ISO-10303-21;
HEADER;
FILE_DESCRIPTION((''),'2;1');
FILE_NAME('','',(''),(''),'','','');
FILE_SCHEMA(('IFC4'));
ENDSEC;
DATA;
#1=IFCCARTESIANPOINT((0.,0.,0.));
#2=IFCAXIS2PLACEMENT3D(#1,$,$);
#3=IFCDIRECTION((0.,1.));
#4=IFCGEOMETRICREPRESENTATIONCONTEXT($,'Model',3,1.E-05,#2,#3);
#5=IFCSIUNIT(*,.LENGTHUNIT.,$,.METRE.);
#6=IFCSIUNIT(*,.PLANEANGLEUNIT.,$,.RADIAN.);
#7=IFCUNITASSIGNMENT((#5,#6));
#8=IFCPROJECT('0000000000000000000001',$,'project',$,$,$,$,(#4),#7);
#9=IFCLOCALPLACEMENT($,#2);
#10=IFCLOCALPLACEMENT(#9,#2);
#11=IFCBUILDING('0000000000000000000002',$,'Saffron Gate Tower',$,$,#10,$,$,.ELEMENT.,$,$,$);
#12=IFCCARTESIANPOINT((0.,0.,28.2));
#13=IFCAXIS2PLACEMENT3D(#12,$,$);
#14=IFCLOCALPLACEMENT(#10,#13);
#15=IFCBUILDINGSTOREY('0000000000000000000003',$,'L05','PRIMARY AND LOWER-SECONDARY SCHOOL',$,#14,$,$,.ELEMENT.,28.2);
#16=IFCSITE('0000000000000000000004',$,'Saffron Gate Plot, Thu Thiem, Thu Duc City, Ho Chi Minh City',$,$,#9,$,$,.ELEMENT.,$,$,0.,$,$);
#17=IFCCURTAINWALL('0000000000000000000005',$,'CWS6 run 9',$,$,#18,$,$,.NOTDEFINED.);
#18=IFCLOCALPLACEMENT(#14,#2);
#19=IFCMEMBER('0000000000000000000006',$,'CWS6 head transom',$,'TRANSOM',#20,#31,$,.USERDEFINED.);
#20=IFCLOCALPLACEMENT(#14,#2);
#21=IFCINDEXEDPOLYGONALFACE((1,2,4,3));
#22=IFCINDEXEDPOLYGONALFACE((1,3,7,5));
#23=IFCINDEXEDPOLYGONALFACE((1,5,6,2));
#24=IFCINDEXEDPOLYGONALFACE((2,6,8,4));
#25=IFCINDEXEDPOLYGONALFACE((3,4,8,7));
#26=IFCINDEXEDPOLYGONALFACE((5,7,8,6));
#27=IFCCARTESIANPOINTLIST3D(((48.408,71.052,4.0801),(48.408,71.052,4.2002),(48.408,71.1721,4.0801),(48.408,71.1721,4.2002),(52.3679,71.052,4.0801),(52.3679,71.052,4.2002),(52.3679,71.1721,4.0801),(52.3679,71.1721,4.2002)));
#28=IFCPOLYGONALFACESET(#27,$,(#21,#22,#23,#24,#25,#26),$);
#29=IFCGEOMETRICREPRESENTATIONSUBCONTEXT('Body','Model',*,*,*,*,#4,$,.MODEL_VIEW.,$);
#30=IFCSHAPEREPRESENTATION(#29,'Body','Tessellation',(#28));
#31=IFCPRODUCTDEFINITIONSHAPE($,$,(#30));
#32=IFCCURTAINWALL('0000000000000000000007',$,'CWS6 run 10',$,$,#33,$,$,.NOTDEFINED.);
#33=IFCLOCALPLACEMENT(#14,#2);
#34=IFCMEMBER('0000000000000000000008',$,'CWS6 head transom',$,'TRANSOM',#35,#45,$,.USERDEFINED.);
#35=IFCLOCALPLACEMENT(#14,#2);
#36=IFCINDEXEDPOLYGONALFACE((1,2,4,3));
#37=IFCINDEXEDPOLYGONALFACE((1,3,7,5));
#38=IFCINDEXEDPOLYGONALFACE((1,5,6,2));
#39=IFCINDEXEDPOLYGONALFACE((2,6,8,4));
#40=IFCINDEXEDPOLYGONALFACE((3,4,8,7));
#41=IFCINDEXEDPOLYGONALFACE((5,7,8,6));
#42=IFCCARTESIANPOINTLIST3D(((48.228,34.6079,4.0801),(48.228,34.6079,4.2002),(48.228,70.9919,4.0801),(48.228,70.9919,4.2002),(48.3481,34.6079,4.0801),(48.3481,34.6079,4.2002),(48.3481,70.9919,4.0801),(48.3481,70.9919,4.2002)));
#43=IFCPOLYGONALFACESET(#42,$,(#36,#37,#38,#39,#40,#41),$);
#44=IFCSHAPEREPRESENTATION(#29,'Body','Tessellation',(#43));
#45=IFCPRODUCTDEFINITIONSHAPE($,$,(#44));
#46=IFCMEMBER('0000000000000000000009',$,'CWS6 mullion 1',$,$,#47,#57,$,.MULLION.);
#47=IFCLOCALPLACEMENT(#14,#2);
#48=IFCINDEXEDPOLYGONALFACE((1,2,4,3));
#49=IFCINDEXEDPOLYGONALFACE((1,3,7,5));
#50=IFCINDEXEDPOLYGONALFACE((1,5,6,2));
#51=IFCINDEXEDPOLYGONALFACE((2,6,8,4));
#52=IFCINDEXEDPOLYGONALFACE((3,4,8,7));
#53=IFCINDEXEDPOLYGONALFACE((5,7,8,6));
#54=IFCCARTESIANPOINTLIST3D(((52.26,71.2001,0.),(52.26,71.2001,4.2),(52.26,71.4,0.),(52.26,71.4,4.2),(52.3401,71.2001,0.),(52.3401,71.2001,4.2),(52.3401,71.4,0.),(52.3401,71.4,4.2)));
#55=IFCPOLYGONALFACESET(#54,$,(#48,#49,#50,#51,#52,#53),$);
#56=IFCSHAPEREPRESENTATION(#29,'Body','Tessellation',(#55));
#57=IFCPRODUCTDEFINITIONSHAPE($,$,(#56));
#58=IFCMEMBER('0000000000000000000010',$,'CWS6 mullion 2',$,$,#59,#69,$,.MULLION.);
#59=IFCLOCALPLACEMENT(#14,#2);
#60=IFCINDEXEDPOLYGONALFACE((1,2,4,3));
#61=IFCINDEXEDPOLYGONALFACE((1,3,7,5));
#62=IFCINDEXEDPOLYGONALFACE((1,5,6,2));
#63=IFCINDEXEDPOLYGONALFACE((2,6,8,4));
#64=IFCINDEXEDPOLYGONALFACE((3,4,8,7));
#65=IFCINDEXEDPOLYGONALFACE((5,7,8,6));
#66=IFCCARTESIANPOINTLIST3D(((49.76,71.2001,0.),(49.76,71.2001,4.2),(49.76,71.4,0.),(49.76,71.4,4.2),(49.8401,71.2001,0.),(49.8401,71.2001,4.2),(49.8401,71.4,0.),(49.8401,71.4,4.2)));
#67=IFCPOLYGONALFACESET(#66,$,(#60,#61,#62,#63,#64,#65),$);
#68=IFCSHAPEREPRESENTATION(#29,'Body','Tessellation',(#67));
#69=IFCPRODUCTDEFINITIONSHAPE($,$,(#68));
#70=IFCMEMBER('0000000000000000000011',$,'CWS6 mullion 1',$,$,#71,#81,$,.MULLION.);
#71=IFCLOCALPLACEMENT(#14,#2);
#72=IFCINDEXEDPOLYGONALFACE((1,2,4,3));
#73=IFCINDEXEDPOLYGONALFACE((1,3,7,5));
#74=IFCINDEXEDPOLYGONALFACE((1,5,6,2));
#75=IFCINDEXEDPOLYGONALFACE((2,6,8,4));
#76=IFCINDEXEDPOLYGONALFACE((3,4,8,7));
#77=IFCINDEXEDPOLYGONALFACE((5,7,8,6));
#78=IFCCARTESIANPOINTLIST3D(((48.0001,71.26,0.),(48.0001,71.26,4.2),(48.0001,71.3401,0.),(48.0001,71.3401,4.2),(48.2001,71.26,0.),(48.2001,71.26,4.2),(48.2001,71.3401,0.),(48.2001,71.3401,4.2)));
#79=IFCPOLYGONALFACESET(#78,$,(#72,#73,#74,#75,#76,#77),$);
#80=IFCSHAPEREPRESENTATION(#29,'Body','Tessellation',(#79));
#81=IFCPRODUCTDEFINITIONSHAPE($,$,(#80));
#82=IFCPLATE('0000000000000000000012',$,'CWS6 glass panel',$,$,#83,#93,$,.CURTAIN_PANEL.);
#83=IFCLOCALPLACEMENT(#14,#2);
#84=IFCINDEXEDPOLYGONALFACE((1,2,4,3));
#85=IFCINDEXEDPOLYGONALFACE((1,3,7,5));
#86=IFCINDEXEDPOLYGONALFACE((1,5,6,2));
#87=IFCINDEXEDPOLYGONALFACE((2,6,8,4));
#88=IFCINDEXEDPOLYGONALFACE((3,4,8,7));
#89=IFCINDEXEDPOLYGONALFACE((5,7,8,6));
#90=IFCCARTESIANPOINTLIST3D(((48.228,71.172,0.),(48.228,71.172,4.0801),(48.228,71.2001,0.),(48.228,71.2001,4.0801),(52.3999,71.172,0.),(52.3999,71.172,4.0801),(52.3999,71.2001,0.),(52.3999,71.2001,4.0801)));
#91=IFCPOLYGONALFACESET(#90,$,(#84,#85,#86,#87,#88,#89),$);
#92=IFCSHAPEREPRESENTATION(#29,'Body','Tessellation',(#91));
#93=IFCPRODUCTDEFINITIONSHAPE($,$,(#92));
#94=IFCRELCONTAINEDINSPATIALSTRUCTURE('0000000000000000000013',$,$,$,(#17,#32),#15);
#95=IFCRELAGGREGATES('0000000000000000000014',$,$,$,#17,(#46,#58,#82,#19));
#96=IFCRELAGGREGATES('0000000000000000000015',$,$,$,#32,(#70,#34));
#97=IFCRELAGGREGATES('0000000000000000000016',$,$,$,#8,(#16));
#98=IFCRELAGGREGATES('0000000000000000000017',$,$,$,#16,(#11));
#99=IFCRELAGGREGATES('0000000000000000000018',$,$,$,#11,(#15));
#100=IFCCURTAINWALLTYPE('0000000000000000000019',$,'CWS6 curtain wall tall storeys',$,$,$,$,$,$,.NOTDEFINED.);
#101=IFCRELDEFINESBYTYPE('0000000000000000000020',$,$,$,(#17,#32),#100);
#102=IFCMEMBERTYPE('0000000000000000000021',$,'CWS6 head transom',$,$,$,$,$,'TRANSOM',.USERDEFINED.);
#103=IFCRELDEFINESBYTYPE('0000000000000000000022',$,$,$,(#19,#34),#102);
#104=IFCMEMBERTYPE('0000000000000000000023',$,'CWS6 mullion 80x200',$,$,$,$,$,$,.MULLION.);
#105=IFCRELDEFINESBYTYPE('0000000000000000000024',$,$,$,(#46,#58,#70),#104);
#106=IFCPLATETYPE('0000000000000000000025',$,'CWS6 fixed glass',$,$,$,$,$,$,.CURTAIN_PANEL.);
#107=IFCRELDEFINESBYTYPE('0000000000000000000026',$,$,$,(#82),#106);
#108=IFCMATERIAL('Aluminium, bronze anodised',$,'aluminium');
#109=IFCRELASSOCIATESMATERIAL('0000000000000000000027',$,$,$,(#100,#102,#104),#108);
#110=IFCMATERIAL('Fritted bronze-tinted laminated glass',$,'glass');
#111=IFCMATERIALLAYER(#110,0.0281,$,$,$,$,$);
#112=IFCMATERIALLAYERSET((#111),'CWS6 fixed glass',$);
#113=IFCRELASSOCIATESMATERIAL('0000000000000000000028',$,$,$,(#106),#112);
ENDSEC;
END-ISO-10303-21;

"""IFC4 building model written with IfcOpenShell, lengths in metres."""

from ifc_helpers import new_model, si_unit, direction, frame, frame_2d, origin, origin_2d, place, context, subcontext, project, spatial, rectangle, extrude, material, layer, layer_set, material_profile, profile_set, type_object, element, aggregate, save


model = new_model("IFC4")

# Units and contexts
model_context = context("Model", 3, precision=1e-05, world=origin(), true_north=direction((0.0, 1.0)))
body_context = subcontext(model_context, "Body", "Model", "MODEL_VIEW")
ifc_project = project(units=[si_unit("LENGTHUNIT", "METRE"), si_unit("PLANEANGLEUNIT", "RADIAN")], contexts=[model_context])

# Site, building, storey
site_placement = place(None, origin())
site = spatial("IfcSite", under=ifc_project, at=site_placement, Name="Saffron Gate Plot, Thu Thiem, Thu Duc City, Ho Chi Minh City", CompositionType="ELEMENT", RefElevation=0.0)
building_placement = place(site_placement, origin())
building = spatial("IfcBuilding", under=site, at=building_placement, Name="Saffron Gate Tower", CompositionType="ELEMENT")
storey_placement = place(building_placement, frame((0.0, 0.0, 28.2)))
storey = spatial("IfcBuildingStorey", under=building, at=storey_placement, Name="L05", Description="PRIMARY AND LOWER-SECONDARY SCHOOL", CompositionType="ELEMENT", Elevation=28.2)

# Curtain walls, members
ifc_material_1 = material(Name="Aluminium, bronze anodised", Category="aluminium")
curtain_wall_type = type_object("IfcCurtainWallType", Name="CWS6 curtain wall tall storeys", PredefinedType="NOTDEFINED", material=ifc_material_1)
curtain_wall_1_placement = place(storey_placement, origin())
curtain_wall_1 = element("IfcCurtainWall", 1, at=curtain_wall_1_placement, inside=storey, type_object=curtain_wall_type, Name="CWS6 run 9", PredefinedType="NOTDEFINED")
ifc_material_profile_1 = material_profile(ifc_material_1, rectangle(XDim=0.1201, YDim=0.1201, at=origin_2d()))
ifc_profile_set_1 = profile_set([ifc_material_profile_1], Name="Aluminium, bronze anodised")
member_type_1 = type_object("IfcMemberType", Name="CWS6 head transom", ElementType="TRANSOM", PredefinedType="USERDEFINED", material=ifc_profile_set_1)
member_1_placement = place(storey_placement, frame((52.3679, 71.1121, 4.1401), z_axis=(-1.0, 0.0, 0.0), x_axis=(0.0, -1.0, 0.0)))
member_1 = element("IfcMember", 2, at=member_1_placement, type_object=member_type_1, Name="CWS6 head transom", ObjectType="TRANSOM", PredefinedType="USERDEFINED", context=body_context, shape_type="SweptSolid", body=[
    extrude(rectangle(XDim=0.1201, YDim=0.1201, at=origin_2d()), origin(), (0.0, 0.0, 1.0), 3.96),
])
curtain_wall_2_placement = place(storey_placement, origin())
curtain_wall_2 = element("IfcCurtainWall", 3, at=curtain_wall_2_placement, inside=storey, type_object=curtain_wall_type, Name="CWS6 run 10", PredefinedType="NOTDEFINED")
member_2_placement = place(storey_placement, frame((48.2881, 70.9919, 4.1401), z_axis=(0.0, -1.0, 0.0), x_axis=(1.0, 0.0, 0.0)))
member_2 = element("IfcMember", 4, at=member_2_placement, type_object=member_type_1, Name="CWS6 head transom", ObjectType="TRANSOM", PredefinedType="USERDEFINED", context=body_context, shape_type="SweptSolid", body=[
    extrude(rectangle(XDim=0.1201, YDim=0.1201, at=origin_2d()), origin(), (0.0, 0.0, 1.0), 36.384),
])

# Members
ifc_material_profile_2 = material_profile(ifc_material_1, rectangle(XDim=0.2, YDim=0.0801, at=origin_2d()))
ifc_profile_set_2 = profile_set([ifc_material_profile_2], Name="Aluminium, bronze anodised")
member_type_2 = type_object("IfcMemberType", Name="CWS6 mullion 80x200", PredefinedType="MULLION", material=ifc_profile_set_2)
member_3_placement = place(storey_placement, frame((52.3, 71.3, 0.0), z_axis=(0.0, 0.0, 1.0), x_axis=(0.0, -1.0, 0.0)))
member_3 = element("IfcMember", 5, at=member_3_placement, type_object=member_type_2, Name="CWS6 mullion 1", PredefinedType="MULLION", context=body_context, shape_type="SweptSolid", body=[
    extrude(rectangle(XDim=0.2, YDim=0.0801, at=origin_2d()), origin(), (0.0, 0.0, 1.0), 4.2),
])
member_4_placement = place(storey_placement, frame((49.8, 71.3, 0.0), z_axis=(0.0, 0.0, 1.0), x_axis=(0.0, -1.0, 0.0)))
member_4 = element("IfcMember", 6, at=member_4_placement, type_object=member_type_2, Name="CWS6 mullion 2", PredefinedType="MULLION", context=body_context, shape_type="SweptSolid", body=[
    extrude(rectangle(XDim=0.2, YDim=0.0801, at=origin_2d()), origin(), (0.0, 0.0, 1.0), 4.2),
])
member_5_placement = place(storey_placement, frame((48.1001, 71.3, 0.0), z_axis=(0.0, 0.0, 1.0), x_axis=(1.0, 0.0, 0.0)))
member_5 = element("IfcMember", 7, at=member_5_placement, type_object=member_type_2, Name="CWS6 mullion 1", PredefinedType="MULLION", context=body_context, shape_type="SweptSolid", body=[
    extrude(rectangle(XDim=0.2, YDim=0.0801, at=origin_2d()), origin(), (0.0, 0.0, 1.0), 4.2),
])

# Plate
ifc_material_2 = material(Name="Fritted bronze-tinted laminated glass", Category="glass")
ifc_layer_1 = layer(ifc_material_2, 0.0281)
ifc_layer_set_1 = layer_set([ifc_layer_1], Name="CWS6 fixed glass")
plate_type = type_object("IfcPlateType", Name="CWS6 fixed glass", PredefinedType="CURTAIN_PANEL", material=ifc_layer_set_1)
plate_1_placement = place(storey_placement, frame((52.3999, 71.186, 0.0), z_axis=(0.0, 0.0, 1.0), x_axis=(-1.0, 0.0, 0.0)))
plate_1 = element("IfcPlate", 8, at=plate_1_placement, type_object=plate_type, Name="CWS6 glass panel", PredefinedType="CURTAIN_PANEL", context=body_context, shape_type="SweptSolid", body=[
    extrude(rectangle(XDim=4.1719, YDim=0.0281, at=frame_2d((2.0859, 0.0))), origin(), (0.0, 0.0, 1.0), 4.0801),
])
aggregate(curtain_wall_1, [member_3, member_4, plate_1, member_1])

aggregate(curtain_wall_2, [member_5, member_2])

save(model, "model.ifc")
